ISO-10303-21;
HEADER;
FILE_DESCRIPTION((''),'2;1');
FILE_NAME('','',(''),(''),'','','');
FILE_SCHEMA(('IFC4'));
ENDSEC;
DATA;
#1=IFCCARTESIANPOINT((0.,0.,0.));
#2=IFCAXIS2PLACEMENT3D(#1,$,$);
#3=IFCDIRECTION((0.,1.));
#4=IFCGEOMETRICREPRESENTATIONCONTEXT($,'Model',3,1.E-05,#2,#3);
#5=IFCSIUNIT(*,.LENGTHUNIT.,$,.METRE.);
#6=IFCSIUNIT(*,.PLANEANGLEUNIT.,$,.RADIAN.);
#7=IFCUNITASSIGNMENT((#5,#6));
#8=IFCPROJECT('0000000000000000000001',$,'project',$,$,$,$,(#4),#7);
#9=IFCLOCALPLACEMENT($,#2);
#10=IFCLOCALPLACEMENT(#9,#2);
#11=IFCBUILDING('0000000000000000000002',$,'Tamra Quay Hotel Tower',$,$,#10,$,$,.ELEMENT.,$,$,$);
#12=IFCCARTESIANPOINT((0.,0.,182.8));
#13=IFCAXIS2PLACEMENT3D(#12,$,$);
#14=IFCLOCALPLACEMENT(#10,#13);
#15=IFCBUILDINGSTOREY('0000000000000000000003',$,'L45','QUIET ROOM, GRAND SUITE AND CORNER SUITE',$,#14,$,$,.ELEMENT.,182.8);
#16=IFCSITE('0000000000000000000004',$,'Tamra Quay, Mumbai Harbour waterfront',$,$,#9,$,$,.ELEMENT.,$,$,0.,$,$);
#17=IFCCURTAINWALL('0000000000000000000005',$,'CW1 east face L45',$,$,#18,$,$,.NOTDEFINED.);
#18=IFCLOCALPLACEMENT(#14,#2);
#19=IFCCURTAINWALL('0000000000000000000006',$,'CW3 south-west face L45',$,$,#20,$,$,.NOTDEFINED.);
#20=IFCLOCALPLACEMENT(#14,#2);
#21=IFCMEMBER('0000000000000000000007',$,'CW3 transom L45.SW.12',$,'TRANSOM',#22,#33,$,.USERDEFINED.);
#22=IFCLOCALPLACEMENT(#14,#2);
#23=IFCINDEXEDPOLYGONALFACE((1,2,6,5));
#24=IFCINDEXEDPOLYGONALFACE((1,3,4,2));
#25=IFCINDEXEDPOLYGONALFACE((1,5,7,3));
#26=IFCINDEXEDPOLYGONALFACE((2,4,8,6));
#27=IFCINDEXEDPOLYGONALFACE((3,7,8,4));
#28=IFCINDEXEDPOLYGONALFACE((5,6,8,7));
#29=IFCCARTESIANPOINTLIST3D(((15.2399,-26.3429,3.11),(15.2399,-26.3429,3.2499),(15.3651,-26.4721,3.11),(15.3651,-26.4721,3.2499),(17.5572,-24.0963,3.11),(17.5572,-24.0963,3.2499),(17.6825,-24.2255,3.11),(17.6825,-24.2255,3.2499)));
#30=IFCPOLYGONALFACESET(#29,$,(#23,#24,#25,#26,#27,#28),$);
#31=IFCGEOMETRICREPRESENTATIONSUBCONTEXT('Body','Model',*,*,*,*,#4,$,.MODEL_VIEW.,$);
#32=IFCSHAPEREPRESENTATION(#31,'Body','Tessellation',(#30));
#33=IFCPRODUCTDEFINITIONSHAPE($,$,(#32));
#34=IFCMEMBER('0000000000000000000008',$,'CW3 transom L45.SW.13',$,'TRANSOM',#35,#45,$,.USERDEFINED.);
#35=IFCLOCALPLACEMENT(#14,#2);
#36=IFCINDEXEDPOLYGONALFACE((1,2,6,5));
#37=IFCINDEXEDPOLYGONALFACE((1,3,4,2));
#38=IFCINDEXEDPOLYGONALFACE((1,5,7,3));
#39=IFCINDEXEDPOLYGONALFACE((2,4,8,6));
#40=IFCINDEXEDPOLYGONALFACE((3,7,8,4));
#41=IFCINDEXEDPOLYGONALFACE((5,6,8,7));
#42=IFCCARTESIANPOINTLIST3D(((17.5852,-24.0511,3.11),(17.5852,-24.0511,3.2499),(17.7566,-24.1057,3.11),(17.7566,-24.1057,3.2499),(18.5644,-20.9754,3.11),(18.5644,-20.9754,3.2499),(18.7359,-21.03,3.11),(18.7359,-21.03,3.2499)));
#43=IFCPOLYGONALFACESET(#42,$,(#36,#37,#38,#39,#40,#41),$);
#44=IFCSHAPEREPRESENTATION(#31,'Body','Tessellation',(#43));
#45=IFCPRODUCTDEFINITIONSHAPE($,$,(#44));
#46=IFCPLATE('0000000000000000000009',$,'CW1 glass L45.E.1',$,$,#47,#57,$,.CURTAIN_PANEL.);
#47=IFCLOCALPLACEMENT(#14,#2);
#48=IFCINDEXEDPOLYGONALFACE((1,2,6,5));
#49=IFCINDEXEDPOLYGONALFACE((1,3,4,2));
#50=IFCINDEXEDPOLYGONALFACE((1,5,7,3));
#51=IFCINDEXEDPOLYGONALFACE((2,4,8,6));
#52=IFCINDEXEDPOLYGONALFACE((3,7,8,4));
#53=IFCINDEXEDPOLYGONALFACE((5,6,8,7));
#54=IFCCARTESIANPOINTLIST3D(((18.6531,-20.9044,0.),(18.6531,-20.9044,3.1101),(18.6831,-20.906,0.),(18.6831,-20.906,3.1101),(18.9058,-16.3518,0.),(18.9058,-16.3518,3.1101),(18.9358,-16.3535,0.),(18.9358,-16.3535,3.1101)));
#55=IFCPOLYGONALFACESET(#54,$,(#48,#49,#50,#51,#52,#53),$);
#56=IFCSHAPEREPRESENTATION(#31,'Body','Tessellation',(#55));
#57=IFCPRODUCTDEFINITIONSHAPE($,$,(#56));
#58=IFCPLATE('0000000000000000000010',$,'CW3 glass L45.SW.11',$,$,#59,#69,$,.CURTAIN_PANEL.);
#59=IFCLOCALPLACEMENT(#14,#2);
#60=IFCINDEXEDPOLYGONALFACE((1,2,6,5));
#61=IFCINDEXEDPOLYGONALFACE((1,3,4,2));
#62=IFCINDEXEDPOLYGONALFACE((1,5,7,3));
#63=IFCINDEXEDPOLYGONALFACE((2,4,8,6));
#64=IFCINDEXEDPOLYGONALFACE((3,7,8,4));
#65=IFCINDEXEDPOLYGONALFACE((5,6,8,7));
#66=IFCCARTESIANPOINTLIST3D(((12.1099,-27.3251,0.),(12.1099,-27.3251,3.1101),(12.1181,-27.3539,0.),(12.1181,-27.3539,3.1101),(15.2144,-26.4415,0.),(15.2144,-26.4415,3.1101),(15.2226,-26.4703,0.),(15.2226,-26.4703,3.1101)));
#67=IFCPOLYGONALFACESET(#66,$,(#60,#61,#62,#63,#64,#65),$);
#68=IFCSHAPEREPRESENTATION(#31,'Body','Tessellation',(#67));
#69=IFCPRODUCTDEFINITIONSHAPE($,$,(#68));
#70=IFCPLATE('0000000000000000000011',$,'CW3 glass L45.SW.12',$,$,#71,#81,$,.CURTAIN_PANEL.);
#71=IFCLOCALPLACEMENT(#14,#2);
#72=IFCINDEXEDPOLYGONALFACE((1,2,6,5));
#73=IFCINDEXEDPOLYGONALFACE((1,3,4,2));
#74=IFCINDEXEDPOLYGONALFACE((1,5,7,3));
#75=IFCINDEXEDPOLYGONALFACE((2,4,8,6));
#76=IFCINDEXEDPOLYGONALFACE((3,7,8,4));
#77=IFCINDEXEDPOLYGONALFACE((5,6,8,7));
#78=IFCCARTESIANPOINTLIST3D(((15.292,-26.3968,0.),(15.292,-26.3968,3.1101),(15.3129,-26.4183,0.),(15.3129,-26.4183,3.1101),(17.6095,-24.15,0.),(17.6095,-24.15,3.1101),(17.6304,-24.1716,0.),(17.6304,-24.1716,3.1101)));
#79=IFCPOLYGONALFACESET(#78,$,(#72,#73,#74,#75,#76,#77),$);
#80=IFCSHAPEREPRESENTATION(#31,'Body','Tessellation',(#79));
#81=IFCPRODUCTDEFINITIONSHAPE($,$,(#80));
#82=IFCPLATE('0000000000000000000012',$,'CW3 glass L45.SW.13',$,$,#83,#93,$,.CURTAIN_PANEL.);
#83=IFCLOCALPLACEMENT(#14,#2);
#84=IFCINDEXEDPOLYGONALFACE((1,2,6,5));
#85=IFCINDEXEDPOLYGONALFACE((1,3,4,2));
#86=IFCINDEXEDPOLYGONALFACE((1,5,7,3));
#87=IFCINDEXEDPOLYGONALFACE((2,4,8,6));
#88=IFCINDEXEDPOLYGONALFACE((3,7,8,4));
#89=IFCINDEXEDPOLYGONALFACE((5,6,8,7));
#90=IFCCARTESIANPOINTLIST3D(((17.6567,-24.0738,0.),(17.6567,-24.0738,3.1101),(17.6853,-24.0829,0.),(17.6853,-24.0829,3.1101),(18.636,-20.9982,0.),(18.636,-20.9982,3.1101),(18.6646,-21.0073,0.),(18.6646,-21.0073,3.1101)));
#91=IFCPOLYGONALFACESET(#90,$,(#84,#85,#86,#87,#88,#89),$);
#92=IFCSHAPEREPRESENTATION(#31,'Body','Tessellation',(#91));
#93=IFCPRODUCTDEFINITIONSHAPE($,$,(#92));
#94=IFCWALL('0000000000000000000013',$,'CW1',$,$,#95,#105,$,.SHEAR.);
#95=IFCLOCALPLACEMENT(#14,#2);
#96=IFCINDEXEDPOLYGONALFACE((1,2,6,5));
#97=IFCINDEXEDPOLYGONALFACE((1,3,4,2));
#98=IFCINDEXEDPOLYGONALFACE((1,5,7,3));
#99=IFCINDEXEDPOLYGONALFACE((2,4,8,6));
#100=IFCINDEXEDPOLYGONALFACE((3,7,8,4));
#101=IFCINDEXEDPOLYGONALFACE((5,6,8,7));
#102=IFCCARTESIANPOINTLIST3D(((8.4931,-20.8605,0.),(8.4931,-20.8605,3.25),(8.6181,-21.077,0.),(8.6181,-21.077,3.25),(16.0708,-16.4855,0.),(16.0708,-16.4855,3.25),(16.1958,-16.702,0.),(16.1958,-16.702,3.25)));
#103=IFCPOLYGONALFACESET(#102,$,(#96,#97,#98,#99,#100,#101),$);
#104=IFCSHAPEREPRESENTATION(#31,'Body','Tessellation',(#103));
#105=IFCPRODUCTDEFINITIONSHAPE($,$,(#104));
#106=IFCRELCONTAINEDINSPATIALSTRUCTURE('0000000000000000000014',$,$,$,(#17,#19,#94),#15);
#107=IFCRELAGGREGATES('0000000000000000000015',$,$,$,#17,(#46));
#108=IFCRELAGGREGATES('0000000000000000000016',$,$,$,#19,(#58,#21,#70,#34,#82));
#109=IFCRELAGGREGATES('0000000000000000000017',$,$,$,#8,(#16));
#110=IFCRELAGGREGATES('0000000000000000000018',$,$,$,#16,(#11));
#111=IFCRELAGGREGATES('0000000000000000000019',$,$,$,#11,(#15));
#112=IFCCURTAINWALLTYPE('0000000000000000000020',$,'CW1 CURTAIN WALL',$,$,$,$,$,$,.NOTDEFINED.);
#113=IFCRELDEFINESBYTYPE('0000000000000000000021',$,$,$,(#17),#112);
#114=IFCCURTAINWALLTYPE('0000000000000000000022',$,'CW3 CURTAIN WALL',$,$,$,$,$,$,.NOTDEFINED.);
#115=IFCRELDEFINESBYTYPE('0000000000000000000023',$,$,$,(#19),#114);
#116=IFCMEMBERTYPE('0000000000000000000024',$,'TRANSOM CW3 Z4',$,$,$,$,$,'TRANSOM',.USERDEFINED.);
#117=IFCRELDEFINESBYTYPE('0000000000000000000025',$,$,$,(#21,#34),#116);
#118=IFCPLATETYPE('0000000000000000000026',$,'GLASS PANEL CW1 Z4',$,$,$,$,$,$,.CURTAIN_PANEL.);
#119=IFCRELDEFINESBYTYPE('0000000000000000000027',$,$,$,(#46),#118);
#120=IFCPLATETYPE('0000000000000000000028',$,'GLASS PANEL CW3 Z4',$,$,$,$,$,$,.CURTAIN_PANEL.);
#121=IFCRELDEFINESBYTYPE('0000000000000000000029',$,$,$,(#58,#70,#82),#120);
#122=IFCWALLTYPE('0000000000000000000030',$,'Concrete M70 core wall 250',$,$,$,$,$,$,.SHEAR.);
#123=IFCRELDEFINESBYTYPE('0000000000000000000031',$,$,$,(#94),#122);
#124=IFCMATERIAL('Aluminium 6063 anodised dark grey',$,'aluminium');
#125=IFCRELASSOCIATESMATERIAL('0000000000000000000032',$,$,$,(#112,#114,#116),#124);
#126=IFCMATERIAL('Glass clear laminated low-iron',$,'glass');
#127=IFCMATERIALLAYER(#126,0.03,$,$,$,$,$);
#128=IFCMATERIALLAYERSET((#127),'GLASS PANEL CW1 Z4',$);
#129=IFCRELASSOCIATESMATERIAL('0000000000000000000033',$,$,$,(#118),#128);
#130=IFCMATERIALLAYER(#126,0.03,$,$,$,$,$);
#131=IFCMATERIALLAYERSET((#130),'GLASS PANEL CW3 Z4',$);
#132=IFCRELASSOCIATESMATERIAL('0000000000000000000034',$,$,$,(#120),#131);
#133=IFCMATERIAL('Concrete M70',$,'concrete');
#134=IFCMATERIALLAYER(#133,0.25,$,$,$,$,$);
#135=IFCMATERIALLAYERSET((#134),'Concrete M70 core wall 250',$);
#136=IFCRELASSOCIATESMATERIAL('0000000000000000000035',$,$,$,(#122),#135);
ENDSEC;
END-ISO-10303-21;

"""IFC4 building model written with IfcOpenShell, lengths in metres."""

from ifc_helpers import new_model, si_unit, direction, frame, frame_2d, origin, origin_2d, place, context, subcontext, project, spatial, rectangle, extrude, material, layer, layer_set, material_profile, profile_set, type_object, element, aggregate, save


model = new_model("IFC4")

# Units and contexts
model_context = context("Model", 3, precision=1e-05, world=origin(), true_north=direction((0.0, 1.0)))
body_context = subcontext(model_context, "Body", "Model", "MODEL_VIEW")
ifc_project = project(units=[si_unit("LENGTHUNIT", "METRE"), si_unit("PLANEANGLEUNIT", "RADIAN")], contexts=[model_context])

# Site, building, storey
site_placement = place(None, origin())
site = spatial("IfcSite", under=ifc_project, at=site_placement, Name="Tamra Quay, Mumbai Harbour waterfront", CompositionType="ELEMENT", RefElevation=0.0)
building_placement = place(site_placement, origin())
building = spatial("IfcBuilding", under=site, at=building_placement, Name="Tamra Quay Hotel Tower", CompositionType="ELEMENT")
storey_placement = place(building_placement, frame((0.0, 0.0, 182.8)))
storey = spatial("IfcBuildingStorey", under=building, at=storey_placement, Name="L45", Description="QUIET ROOM, GRAND SUITE AND CORNER SUITE", CompositionType="ELEMENT", Elevation=182.8)

# Shared definitions
ifc_material_1 = material(Name="Concrete M70", Category="concrete")

# Curtain walls
ifc_material_2 = material(Name="Aluminium 6063 anodised dark grey", Category="aluminium")
curtain_wall_type_1 = type_object("IfcCurtainWallType", Name="CW1 CURTAIN WALL", PredefinedType="NOTDEFINED", material=ifc_material_2)
curtain_wall_1_placement = place(storey_placement, origin())
curtain_wall_1 = element("IfcCurtainWall", 1, at=curtain_wall_1_placement, inside=storey, type_object=curtain_wall_type_1, Name="CW1 east face L45", PredefinedType="NOTDEFINED")
curtain_wall_type_2 = type_object("IfcCurtainWallType", Name="CW3 CURTAIN WALL", PredefinedType="NOTDEFINED", material=ifc_material_2)
curtain_wall_2_placement = place(storey_placement, origin())
curtain_wall_2 = element("IfcCurtainWall", 2, at=curtain_wall_2_placement, inside=storey, type_object=curtain_wall_type_2, Name="CW3 south-west face L45", PredefinedType="NOTDEFINED")

# Members
ifc_material_profile_1 = material_profile(ifc_material_2, rectangle(XDim=0.1799, YDim=0.1399, at=origin_2d()), Name="TRANSOM 180X140")
ifc_profile_set_1 = profile_set([ifc_material_profile_1], Name="Aluminium 6063 anodised dark grey")
member_type_1 = type_object("IfcMemberType", Name="TRANSOM CW3 Z4", ElementType="TRANSOM", PredefinedType="USERDEFINED", material=ifc_profile_set_1)
member_1_placement = place(storey_placement, frame((15.3025, -26.4075, 3.1799), z_axis=(0.71799, 0.696054, 0.0), x_axis=(-0.696054, 0.71799, 0.0)))
member_1 = element("IfcMember", 3, at=member_1_placement, type_object=member_type_1, Name="CW3 transom L45.SW.12", ObjectType="TRANSOM", PredefinedType="USERDEFINED", context=body_context, shape_type="SweptSolid", body=[
    extrude(rectangle(XDim=0.1799, YDim=0.1399, at=origin_2d()), origin(), (0.0, 0.0, 1.0), 3.2275),
])
member_2_placement = place(storey_placement, frame((17.6709, -24.0784, 3.1799), z_axis=(0.303378, 0.95287, 0.0), x_axis=(-0.95287, 0.303378, 0.0)))
member_2 = element("IfcMember", 4, at=member_2_placement, type_object=member_type_1, Name="CW3 transom L45.SW.13", ObjectType="TRANSOM", PredefinedType="USERDEFINED", context=body_context, shape_type="SweptSolid", body=[
    extrude(rectangle(XDim=0.1799, YDim=0.1399, at=origin_2d()), origin(), (0.0, 0.0, 1.0), 3.2278),
])

# Plates
ifc_material_3 = material(Name="Glass clear laminated low-iron", Category="glass")
ifc_layer_1 = layer(ifc_material_3, 0.03)
ifc_layer_set_1 = layer_set([ifc_layer_1], Name="GLASS PANEL CW1 Z4")
plate_type_1 = type_object("IfcPlateType", Name="GLASS PANEL CW1 Z4", PredefinedType="CURTAIN_PANEL", material=ifc_layer_set_1)
plate_1_placement = place(storey_placement, frame((18.7944, -18.6289, 0.0), z_axis=(0.0, 0.0, 1.0), x_axis=(0.055417, 0.998463, 0.0)))
plate_1 = element("IfcPlate", 5, at=plate_1_placement, type_object=plate_type_1, Name="CW1 glass L45.E.1", PredefinedType="CURTAIN_PANEL", context=body_context, shape_type="SweptSolid", body=[
    extrude(rectangle(XDim=4.5596, YDim=0.03, at=origin_2d()), origin(), (0.0, 0.0, 1.0), 3.1101),
])
aggregate(curtain_wall_1, [plate_1])
ifc_layer_2 = layer(ifc_material_3, 0.03)
ifc_layer_set_2 = layer_set([ifc_layer_2], Name="GLASS PANEL CW3 Z4")
plate_type_2 = type_object("IfcPlateType", Name="GLASS PANEL CW3 Z4", PredefinedType="CURTAIN_PANEL", material=ifc_layer_set_2)
plate_2_placement = place(storey_placement, frame((13.6663, -26.8977, 0.0), z_axis=(0.0, 0.0, 1.0), x_axis=(0.961801, 0.27375, 0.0)))
plate_2 = element("IfcPlate", 6, at=plate_2_placement, type_object=plate_type_2, Name="CW3 glass L45.SW.11", PredefinedType="CURTAIN_PANEL", context=body_context, shape_type="SweptSolid", body=[
    extrude(rectangle(XDim=3.2278, YDim=0.03, at=origin_2d()), origin(), (0.0, 0.0, 1.0), 3.1101),
])
plate_3_placement = place(storey_placement, frame((16.4612, -25.2842, 0.0), z_axis=(0.0, 0.0, 1.0), x_axis=(0.717975, 0.696069, 0.0)))
plate_3 = element("IfcPlate", 7, at=plate_3_placement, type_object=plate_type_2, Name="CW3 glass L45.SW.12", PredefinedType="CURTAIN_PANEL", context=body_context, shape_type="SweptSolid", body=[
    extrude(rectangle(XDim=3.2278, YDim=0.03, at=origin_2d()), origin(), (0.0, 0.0, 1.0), 3.1101),
])
plate_4_placement = place(storey_placement, frame((18.1606, -22.5405, 0.0), z_axis=(0.0, 0.0, 1.0), x_axis=(0.30341, 0.95286, 0.0)))
plate_4 = element("IfcPlate", 8, at=plate_4_placement, type_object=plate_type_2, Name="CW3 glass L45.SW.13", PredefinedType="CURTAIN_PANEL", context=body_context, shape_type="SweptSolid", body=[
    extrude(rectangle(XDim=3.2278, YDim=0.03, at=origin_2d()), origin(), (0.0, 0.0, 1.0), 3.1101),
])
aggregate(curtain_wall_2, [plate_2, member_1, plate_3, member_2, plate_4])

# Wall
ifc_layer_3 = layer(ifc_material_1, 0.25)
ifc_layer_set_3 = layer_set([ifc_layer_3], Name="Concrete M70 core wall 250")
wall_type = type_object("IfcWallType", Name="Concrete M70 core wall 250", PredefinedType="SHEAR", material=ifc_layer_set_3)
wall_placement = place(storey_placement, frame((16.1333, -16.5938, 0.0), z_axis=(0.0, 0.0, 1.0), x_axis=(-0.866023, -0.500004, 0.0)))
element("IfcWall", 9, at=wall_placement, inside=storey, type_object=wall_type, Name="CW1", PredefinedType="SHEAR", context=body_context, shape_type="SweptSolid", body=[
    extrude(rectangle(XDim=8.75, YDim=0.25, at=frame_2d((4.375, 0.0))), origin(), (0.0, 0.0, 1.0), 3.25),
])

save(model, "model.ifc")
